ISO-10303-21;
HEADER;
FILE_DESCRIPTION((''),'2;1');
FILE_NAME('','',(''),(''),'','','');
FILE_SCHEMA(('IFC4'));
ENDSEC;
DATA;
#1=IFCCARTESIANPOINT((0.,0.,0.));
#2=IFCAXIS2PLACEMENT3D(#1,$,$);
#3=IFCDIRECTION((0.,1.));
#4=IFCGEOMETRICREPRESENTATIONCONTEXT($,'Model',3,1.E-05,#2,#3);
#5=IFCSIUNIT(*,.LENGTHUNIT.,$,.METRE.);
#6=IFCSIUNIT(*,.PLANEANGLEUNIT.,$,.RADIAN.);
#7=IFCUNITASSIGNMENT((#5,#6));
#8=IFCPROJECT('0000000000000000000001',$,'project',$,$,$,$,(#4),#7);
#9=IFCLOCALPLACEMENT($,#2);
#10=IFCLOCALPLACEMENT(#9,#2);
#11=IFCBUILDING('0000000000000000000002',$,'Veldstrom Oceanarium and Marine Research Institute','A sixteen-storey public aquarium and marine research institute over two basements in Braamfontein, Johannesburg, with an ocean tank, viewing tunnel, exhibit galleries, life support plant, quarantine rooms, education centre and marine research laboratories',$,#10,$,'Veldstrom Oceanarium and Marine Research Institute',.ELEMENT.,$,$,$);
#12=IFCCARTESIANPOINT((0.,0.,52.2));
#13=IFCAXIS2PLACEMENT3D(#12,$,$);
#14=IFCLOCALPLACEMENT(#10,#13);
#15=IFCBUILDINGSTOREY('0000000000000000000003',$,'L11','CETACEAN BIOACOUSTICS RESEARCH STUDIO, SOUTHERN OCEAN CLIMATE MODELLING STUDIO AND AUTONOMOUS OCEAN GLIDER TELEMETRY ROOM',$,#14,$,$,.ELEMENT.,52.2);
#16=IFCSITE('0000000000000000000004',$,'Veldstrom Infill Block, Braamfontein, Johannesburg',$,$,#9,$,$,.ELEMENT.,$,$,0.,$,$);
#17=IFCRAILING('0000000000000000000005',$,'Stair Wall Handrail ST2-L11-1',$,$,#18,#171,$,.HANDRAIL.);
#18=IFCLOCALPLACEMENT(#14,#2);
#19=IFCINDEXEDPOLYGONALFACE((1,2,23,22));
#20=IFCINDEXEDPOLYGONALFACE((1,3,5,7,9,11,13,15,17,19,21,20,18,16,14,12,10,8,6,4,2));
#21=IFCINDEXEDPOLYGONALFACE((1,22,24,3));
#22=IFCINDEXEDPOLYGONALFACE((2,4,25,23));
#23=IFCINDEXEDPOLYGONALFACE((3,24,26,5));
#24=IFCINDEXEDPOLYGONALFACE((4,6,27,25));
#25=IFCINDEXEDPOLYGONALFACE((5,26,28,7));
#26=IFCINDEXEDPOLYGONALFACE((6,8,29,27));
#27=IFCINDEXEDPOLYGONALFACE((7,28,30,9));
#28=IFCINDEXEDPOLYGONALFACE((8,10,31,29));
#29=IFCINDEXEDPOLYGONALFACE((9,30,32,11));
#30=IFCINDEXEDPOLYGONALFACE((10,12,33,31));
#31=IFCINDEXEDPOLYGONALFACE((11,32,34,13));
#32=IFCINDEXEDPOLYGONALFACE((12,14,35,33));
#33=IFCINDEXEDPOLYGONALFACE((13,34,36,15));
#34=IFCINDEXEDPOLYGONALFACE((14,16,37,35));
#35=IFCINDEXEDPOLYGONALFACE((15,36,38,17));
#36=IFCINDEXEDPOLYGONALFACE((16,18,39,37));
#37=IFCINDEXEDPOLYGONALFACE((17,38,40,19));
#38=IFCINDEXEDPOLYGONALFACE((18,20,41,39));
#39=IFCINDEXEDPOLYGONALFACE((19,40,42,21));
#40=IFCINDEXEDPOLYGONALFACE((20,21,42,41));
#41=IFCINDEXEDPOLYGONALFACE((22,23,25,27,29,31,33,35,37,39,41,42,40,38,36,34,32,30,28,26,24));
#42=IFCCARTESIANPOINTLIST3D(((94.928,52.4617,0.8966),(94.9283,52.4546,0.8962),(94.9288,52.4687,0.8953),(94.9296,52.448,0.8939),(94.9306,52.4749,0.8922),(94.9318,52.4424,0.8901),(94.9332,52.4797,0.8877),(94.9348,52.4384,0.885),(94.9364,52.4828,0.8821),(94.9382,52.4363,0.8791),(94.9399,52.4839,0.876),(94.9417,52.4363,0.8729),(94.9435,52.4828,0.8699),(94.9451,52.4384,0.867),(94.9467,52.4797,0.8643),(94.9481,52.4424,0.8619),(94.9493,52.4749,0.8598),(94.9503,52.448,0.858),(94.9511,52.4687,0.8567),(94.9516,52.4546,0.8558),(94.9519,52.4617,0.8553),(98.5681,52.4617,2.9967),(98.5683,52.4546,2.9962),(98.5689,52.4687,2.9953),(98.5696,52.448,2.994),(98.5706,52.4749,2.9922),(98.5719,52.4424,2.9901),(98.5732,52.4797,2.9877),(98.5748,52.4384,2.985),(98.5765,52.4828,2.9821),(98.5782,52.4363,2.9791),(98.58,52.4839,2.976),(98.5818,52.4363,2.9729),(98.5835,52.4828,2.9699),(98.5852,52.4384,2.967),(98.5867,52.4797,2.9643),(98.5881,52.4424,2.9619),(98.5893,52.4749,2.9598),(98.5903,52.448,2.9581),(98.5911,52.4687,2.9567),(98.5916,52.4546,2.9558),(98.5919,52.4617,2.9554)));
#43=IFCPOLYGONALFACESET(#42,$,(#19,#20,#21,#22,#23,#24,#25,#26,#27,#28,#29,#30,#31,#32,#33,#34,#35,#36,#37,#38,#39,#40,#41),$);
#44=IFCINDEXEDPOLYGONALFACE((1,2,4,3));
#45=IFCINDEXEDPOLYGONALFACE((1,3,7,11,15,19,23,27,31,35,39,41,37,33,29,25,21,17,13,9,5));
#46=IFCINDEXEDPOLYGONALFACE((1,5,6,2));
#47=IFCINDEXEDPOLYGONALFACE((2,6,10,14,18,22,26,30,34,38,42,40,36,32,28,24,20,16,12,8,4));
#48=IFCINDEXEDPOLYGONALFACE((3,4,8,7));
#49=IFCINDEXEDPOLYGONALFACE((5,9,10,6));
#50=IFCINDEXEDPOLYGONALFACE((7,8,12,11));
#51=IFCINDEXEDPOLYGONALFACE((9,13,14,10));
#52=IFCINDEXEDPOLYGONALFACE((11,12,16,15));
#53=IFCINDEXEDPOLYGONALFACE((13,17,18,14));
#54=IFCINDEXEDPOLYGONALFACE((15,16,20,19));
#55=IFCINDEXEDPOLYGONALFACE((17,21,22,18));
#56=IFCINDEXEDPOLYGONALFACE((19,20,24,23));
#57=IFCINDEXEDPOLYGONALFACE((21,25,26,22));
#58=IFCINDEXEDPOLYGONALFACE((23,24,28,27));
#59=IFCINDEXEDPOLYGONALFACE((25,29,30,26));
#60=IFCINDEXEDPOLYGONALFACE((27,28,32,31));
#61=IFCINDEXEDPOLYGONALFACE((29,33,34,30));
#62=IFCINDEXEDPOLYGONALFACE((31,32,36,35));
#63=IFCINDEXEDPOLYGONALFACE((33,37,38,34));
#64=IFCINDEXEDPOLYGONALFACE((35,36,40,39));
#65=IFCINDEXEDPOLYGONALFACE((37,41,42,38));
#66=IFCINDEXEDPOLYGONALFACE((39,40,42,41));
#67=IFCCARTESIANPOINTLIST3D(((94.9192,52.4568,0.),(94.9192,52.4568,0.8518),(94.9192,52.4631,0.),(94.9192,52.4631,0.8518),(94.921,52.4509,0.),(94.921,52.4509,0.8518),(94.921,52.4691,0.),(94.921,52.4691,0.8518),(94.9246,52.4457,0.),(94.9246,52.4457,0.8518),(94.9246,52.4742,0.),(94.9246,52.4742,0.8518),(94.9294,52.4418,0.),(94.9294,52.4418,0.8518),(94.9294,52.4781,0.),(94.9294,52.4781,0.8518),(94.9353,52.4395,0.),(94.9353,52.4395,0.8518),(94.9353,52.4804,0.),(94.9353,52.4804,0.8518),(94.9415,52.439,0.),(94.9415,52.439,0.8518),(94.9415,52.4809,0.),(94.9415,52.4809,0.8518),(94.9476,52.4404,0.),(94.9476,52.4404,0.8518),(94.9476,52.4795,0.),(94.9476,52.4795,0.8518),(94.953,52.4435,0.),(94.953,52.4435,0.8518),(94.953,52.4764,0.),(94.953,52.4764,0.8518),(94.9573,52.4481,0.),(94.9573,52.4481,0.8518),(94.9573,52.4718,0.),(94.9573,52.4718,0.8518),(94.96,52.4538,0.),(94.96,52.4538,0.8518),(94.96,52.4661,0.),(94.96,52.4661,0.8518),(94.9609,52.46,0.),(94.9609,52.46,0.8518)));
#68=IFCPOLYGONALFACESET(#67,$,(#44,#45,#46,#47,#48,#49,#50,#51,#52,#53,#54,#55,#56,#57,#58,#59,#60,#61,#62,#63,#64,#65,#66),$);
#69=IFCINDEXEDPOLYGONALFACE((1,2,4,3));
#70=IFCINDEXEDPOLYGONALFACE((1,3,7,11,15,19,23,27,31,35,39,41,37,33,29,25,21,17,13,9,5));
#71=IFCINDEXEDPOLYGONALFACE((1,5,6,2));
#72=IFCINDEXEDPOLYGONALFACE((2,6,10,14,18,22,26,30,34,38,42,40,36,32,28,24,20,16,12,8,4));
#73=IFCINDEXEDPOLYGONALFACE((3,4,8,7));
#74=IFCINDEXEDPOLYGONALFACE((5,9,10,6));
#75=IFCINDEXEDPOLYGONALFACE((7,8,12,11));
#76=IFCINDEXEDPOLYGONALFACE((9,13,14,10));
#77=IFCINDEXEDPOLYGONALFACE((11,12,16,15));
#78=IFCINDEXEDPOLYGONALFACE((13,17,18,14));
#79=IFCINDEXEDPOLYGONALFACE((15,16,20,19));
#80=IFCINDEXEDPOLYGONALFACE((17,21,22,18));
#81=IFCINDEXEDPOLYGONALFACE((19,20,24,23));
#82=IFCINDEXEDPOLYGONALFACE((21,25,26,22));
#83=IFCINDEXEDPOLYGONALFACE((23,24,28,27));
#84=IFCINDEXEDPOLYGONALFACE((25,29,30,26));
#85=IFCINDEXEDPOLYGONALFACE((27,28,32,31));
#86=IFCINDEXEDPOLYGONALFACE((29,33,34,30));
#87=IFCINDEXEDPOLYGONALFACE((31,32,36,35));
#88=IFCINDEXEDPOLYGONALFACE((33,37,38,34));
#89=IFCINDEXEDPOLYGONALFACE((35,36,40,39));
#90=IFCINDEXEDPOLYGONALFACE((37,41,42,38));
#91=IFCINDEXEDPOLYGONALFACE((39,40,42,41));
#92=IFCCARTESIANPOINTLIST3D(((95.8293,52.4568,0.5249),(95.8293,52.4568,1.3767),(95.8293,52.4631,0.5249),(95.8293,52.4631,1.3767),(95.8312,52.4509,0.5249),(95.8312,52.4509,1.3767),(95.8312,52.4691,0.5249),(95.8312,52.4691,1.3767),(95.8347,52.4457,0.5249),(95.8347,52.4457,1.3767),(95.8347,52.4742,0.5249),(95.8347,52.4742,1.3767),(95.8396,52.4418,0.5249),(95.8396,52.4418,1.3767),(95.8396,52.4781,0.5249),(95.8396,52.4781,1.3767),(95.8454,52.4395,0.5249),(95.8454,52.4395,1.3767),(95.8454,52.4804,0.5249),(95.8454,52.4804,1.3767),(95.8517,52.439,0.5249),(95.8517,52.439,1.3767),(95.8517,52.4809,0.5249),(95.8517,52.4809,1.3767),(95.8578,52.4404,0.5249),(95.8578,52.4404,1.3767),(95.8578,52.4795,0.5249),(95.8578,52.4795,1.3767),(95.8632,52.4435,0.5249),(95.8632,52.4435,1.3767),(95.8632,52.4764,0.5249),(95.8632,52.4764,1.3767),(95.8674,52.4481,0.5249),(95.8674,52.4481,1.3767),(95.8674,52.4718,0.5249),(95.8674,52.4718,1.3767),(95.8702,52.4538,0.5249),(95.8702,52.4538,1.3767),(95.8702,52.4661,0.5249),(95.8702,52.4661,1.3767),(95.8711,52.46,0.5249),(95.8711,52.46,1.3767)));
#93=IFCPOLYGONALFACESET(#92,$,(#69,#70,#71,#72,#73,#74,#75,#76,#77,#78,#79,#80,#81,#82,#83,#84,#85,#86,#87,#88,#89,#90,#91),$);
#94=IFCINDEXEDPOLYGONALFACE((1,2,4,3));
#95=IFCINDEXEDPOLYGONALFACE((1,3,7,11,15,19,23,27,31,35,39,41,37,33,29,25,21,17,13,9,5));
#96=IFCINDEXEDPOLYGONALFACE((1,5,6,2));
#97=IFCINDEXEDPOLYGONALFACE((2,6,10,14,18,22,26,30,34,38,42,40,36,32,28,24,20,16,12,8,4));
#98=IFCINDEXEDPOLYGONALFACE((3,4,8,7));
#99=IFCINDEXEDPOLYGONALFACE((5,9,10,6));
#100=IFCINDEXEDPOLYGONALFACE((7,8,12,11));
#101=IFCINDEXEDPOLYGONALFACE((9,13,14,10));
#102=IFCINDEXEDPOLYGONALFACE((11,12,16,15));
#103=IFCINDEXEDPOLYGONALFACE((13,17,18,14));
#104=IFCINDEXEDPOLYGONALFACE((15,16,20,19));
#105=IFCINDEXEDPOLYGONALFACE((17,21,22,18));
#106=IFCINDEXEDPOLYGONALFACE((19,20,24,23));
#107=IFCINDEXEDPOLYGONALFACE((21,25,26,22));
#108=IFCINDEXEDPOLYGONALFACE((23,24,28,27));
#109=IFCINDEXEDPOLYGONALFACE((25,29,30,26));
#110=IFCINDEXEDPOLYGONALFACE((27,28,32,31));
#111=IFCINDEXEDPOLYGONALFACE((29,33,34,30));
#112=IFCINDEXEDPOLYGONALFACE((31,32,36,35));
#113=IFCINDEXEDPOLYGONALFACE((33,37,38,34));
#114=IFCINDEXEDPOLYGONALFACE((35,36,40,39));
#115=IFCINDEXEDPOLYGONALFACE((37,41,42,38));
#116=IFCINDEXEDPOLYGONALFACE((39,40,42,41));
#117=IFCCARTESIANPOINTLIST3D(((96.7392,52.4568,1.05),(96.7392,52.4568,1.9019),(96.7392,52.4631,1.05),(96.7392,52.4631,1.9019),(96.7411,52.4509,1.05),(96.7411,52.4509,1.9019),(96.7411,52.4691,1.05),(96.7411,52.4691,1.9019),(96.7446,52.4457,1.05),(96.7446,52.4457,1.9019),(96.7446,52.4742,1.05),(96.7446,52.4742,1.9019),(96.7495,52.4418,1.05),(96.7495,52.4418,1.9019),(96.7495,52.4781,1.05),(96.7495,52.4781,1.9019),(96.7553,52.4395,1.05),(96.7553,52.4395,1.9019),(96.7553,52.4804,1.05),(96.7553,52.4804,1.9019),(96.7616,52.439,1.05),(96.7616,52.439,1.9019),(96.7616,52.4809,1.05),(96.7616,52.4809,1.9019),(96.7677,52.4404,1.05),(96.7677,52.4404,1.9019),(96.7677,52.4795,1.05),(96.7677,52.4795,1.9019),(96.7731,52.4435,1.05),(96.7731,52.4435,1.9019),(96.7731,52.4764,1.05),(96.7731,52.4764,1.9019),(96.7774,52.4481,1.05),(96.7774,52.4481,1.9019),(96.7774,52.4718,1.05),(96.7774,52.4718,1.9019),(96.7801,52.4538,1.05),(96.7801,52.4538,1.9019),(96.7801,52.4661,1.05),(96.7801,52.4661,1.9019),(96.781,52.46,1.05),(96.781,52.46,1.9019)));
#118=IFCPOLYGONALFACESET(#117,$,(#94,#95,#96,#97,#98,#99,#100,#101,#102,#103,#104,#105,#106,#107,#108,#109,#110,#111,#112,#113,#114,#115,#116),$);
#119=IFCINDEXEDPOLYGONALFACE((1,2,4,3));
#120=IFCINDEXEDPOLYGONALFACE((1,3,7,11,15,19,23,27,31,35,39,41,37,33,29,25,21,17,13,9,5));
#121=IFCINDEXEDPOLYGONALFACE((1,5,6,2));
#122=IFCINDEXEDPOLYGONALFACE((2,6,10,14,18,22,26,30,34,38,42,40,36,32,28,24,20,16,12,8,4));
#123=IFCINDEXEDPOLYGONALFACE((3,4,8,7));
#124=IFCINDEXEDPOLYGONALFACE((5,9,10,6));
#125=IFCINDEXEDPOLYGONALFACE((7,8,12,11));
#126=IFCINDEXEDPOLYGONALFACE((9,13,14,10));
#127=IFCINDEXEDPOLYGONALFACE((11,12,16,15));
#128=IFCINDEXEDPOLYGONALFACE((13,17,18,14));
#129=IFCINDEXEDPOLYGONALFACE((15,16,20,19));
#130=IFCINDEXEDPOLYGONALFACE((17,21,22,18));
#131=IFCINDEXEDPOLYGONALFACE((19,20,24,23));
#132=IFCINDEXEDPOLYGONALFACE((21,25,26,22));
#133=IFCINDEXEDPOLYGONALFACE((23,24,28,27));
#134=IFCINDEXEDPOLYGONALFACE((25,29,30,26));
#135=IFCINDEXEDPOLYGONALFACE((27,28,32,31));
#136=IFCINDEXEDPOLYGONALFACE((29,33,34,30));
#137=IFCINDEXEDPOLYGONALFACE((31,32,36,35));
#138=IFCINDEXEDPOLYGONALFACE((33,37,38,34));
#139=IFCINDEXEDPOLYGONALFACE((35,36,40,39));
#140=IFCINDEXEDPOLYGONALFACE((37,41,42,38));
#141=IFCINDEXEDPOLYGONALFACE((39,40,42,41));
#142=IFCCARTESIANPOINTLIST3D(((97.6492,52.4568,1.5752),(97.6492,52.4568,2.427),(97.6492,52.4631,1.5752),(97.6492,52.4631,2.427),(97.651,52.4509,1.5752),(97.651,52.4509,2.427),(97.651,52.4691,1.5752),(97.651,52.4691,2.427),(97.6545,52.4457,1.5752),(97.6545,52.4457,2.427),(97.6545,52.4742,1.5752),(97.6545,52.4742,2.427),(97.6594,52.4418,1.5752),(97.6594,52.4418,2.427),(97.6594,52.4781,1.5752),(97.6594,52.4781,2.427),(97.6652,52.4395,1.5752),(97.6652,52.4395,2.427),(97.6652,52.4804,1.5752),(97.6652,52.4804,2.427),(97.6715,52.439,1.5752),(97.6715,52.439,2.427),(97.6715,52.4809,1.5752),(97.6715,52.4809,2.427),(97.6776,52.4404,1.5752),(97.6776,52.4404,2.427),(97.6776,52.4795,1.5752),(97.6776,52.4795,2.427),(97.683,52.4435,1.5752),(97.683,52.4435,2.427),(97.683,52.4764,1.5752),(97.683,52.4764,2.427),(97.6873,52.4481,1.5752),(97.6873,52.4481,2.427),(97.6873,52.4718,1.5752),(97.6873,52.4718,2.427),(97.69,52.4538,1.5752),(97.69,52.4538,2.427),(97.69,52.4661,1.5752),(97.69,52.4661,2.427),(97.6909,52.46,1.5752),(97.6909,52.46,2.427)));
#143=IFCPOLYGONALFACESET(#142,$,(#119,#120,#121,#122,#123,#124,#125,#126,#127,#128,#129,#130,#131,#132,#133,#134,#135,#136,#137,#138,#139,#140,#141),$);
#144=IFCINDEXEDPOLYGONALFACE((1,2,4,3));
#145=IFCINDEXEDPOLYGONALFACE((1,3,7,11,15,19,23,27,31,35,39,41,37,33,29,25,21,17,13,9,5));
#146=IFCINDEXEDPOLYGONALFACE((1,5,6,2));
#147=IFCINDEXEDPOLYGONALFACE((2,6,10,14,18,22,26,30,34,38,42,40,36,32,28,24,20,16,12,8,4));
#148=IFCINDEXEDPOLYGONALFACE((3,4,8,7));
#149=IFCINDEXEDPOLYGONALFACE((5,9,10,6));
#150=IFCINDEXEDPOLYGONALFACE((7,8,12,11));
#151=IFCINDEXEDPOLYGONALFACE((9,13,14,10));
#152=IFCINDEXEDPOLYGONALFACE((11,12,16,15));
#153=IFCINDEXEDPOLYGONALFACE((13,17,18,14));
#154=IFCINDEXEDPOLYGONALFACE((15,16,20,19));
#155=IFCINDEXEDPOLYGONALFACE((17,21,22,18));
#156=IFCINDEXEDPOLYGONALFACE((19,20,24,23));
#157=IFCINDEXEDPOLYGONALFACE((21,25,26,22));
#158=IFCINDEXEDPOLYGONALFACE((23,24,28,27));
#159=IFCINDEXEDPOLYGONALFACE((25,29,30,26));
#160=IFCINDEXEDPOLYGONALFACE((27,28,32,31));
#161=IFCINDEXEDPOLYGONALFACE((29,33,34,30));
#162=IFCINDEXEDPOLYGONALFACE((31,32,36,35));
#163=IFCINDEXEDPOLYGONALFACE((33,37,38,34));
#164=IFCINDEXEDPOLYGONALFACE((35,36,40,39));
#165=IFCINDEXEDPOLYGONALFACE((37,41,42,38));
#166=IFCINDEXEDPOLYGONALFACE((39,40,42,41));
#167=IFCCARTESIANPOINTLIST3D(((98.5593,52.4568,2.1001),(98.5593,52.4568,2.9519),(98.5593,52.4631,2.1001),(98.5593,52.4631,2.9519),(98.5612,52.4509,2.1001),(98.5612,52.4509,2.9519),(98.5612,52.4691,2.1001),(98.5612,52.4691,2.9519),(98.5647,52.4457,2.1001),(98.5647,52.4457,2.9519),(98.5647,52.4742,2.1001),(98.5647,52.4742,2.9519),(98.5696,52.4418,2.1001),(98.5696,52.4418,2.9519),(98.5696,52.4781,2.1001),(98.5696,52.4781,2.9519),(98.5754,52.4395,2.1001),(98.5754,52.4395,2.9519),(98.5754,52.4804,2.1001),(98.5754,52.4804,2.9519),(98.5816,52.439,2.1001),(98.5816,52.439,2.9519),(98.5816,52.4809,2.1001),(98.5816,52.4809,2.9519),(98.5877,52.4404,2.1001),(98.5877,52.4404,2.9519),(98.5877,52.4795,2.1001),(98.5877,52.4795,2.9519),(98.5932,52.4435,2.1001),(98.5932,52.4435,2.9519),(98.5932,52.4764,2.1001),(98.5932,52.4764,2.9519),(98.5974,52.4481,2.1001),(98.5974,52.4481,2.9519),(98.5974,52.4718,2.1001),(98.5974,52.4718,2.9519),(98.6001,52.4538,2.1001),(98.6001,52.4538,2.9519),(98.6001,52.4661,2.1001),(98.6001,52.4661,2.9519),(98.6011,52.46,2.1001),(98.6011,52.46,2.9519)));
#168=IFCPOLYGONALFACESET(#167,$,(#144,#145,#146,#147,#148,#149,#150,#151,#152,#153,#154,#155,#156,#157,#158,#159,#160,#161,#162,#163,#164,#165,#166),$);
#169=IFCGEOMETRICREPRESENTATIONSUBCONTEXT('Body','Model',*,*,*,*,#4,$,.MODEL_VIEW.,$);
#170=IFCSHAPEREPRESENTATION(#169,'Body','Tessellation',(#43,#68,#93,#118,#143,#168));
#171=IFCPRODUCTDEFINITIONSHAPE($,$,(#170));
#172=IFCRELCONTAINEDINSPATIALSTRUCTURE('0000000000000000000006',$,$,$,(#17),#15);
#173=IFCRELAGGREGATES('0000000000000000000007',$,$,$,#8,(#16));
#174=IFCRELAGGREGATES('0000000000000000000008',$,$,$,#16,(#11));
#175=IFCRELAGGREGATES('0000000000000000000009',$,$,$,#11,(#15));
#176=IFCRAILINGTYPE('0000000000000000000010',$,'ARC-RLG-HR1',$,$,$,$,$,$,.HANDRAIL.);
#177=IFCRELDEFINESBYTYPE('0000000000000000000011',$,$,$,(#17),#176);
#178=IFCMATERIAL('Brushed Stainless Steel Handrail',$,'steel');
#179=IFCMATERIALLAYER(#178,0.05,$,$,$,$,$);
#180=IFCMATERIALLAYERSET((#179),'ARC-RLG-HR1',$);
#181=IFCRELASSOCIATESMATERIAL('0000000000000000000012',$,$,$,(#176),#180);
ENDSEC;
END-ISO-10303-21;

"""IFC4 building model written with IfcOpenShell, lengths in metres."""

from ifc_helpers import new_model, si_unit, direction, frame, origin, origin_2d, place, context, subcontext, project, spatial, circle, extrude, material, layer, layer_set, type_object, element, save


model = new_model("IFC4")

# Units and contexts
model_context = context("Model", 3, precision=1e-05, world=origin(), true_north=direction((0.0, 1.0)))
body_context = subcontext(model_context, "Body", "Model", "MODEL_VIEW")
ifc_project = project(units=[si_unit("LENGTHUNIT", "METRE"), si_unit("PLANEANGLEUNIT", "RADIAN")], contexts=[model_context])

# Site, building, storey
site_placement = place(None, origin())
site = spatial("IfcSite", under=ifc_project, at=site_placement, Name="Veldstrom Infill Block, Braamfontein, Johannesburg", CompositionType="ELEMENT", RefElevation=0.0)
building_placement = place(site_placement, origin())
building = spatial("IfcBuilding", under=site, at=building_placement, Name="Veldstrom Oceanarium and Marine Research Institute", Description="A sixteen-storey public aquarium and marine research institute over two basements in Braamfontein, Johannesburg, with an ocean tank, viewing tunnel, exhibit galleries, life support plant, quarantine rooms, education centre and marine research laboratories", LongName="Veldstrom Oceanarium and Marine Research Institute", CompositionType="ELEMENT")
storey_placement = place(building_placement, frame((0.0, 0.0, 52.2)))
storey = spatial("IfcBuildingStorey", under=building, at=storey_placement, Name="L11", Description="CETACEAN BIOACOUSTICS RESEARCH STUDIO, SOUTHERN OCEAN CLIMATE MODELLING STUDIO AND AUTONOMOUS OCEAN GLIDER TELEMETRY ROOM", CompositionType="ELEMENT", Elevation=52.2)

# Railing
ifc_material_1 = material(Name="Brushed Stainless Steel Handrail", Category="steel")
ifc_layer_1 = layer(ifc_material_1, 0.05)
ifc_layer_set_1 = layer_set([ifc_layer_1], Name="ARC-RLG-HR1")
railing_type_1 = type_object("IfcRailingType", Name="ARC-RLG-HR1", PredefinedType="HANDRAIL", material=ifc_layer_set_1)
railing_1_placement = place(storey_placement, frame((94.9399, 52.46, 0.0)))
element("IfcRailing", 1, at=railing_1_placement, inside=storey, type_object=railing_type_1, Name="Stair Wall Handrail ST2-L11-1", PredefinedType="HANDRAIL", context=body_context, shape_type="SweptSolid", body=[
    extrude(circle(Radius=0.0239, at=origin_2d()), frame((0.0, 0.0, 0.876), z_axis=(0.866184, 0.0, 0.499726), x_axis=(0.0, 1.0, 0.0)), (0.0, 0.0, 1.0), 4.2024),
    extrude(circle(Radius=0.021, at=origin_2d()), origin(), (0.0, 0.0, 1.0), 0.8518),
    extrude(circle(Radius=0.021, at=origin_2d()), frame((0.9102, 0.0, 0.5249)), (0.0, 0.0, 1.0), 0.8518),
    extrude(circle(Radius=0.021, at=origin_2d()), frame((1.8201, 0.0, 1.05)), (0.0, 0.0, 1.0), 0.8518),
    extrude(circle(Radius=0.021, at=origin_2d()), frame((2.73, 0.0, 1.5752)), (0.0, 0.0, 1.0), 0.8518),
    extrude(circle(Radius=0.021, at=origin_2d()), frame((3.6401, 0.0, 2.1001)), (0.0, 0.0, 1.0), 0.8518),
])

save(model, "model.ifc")
